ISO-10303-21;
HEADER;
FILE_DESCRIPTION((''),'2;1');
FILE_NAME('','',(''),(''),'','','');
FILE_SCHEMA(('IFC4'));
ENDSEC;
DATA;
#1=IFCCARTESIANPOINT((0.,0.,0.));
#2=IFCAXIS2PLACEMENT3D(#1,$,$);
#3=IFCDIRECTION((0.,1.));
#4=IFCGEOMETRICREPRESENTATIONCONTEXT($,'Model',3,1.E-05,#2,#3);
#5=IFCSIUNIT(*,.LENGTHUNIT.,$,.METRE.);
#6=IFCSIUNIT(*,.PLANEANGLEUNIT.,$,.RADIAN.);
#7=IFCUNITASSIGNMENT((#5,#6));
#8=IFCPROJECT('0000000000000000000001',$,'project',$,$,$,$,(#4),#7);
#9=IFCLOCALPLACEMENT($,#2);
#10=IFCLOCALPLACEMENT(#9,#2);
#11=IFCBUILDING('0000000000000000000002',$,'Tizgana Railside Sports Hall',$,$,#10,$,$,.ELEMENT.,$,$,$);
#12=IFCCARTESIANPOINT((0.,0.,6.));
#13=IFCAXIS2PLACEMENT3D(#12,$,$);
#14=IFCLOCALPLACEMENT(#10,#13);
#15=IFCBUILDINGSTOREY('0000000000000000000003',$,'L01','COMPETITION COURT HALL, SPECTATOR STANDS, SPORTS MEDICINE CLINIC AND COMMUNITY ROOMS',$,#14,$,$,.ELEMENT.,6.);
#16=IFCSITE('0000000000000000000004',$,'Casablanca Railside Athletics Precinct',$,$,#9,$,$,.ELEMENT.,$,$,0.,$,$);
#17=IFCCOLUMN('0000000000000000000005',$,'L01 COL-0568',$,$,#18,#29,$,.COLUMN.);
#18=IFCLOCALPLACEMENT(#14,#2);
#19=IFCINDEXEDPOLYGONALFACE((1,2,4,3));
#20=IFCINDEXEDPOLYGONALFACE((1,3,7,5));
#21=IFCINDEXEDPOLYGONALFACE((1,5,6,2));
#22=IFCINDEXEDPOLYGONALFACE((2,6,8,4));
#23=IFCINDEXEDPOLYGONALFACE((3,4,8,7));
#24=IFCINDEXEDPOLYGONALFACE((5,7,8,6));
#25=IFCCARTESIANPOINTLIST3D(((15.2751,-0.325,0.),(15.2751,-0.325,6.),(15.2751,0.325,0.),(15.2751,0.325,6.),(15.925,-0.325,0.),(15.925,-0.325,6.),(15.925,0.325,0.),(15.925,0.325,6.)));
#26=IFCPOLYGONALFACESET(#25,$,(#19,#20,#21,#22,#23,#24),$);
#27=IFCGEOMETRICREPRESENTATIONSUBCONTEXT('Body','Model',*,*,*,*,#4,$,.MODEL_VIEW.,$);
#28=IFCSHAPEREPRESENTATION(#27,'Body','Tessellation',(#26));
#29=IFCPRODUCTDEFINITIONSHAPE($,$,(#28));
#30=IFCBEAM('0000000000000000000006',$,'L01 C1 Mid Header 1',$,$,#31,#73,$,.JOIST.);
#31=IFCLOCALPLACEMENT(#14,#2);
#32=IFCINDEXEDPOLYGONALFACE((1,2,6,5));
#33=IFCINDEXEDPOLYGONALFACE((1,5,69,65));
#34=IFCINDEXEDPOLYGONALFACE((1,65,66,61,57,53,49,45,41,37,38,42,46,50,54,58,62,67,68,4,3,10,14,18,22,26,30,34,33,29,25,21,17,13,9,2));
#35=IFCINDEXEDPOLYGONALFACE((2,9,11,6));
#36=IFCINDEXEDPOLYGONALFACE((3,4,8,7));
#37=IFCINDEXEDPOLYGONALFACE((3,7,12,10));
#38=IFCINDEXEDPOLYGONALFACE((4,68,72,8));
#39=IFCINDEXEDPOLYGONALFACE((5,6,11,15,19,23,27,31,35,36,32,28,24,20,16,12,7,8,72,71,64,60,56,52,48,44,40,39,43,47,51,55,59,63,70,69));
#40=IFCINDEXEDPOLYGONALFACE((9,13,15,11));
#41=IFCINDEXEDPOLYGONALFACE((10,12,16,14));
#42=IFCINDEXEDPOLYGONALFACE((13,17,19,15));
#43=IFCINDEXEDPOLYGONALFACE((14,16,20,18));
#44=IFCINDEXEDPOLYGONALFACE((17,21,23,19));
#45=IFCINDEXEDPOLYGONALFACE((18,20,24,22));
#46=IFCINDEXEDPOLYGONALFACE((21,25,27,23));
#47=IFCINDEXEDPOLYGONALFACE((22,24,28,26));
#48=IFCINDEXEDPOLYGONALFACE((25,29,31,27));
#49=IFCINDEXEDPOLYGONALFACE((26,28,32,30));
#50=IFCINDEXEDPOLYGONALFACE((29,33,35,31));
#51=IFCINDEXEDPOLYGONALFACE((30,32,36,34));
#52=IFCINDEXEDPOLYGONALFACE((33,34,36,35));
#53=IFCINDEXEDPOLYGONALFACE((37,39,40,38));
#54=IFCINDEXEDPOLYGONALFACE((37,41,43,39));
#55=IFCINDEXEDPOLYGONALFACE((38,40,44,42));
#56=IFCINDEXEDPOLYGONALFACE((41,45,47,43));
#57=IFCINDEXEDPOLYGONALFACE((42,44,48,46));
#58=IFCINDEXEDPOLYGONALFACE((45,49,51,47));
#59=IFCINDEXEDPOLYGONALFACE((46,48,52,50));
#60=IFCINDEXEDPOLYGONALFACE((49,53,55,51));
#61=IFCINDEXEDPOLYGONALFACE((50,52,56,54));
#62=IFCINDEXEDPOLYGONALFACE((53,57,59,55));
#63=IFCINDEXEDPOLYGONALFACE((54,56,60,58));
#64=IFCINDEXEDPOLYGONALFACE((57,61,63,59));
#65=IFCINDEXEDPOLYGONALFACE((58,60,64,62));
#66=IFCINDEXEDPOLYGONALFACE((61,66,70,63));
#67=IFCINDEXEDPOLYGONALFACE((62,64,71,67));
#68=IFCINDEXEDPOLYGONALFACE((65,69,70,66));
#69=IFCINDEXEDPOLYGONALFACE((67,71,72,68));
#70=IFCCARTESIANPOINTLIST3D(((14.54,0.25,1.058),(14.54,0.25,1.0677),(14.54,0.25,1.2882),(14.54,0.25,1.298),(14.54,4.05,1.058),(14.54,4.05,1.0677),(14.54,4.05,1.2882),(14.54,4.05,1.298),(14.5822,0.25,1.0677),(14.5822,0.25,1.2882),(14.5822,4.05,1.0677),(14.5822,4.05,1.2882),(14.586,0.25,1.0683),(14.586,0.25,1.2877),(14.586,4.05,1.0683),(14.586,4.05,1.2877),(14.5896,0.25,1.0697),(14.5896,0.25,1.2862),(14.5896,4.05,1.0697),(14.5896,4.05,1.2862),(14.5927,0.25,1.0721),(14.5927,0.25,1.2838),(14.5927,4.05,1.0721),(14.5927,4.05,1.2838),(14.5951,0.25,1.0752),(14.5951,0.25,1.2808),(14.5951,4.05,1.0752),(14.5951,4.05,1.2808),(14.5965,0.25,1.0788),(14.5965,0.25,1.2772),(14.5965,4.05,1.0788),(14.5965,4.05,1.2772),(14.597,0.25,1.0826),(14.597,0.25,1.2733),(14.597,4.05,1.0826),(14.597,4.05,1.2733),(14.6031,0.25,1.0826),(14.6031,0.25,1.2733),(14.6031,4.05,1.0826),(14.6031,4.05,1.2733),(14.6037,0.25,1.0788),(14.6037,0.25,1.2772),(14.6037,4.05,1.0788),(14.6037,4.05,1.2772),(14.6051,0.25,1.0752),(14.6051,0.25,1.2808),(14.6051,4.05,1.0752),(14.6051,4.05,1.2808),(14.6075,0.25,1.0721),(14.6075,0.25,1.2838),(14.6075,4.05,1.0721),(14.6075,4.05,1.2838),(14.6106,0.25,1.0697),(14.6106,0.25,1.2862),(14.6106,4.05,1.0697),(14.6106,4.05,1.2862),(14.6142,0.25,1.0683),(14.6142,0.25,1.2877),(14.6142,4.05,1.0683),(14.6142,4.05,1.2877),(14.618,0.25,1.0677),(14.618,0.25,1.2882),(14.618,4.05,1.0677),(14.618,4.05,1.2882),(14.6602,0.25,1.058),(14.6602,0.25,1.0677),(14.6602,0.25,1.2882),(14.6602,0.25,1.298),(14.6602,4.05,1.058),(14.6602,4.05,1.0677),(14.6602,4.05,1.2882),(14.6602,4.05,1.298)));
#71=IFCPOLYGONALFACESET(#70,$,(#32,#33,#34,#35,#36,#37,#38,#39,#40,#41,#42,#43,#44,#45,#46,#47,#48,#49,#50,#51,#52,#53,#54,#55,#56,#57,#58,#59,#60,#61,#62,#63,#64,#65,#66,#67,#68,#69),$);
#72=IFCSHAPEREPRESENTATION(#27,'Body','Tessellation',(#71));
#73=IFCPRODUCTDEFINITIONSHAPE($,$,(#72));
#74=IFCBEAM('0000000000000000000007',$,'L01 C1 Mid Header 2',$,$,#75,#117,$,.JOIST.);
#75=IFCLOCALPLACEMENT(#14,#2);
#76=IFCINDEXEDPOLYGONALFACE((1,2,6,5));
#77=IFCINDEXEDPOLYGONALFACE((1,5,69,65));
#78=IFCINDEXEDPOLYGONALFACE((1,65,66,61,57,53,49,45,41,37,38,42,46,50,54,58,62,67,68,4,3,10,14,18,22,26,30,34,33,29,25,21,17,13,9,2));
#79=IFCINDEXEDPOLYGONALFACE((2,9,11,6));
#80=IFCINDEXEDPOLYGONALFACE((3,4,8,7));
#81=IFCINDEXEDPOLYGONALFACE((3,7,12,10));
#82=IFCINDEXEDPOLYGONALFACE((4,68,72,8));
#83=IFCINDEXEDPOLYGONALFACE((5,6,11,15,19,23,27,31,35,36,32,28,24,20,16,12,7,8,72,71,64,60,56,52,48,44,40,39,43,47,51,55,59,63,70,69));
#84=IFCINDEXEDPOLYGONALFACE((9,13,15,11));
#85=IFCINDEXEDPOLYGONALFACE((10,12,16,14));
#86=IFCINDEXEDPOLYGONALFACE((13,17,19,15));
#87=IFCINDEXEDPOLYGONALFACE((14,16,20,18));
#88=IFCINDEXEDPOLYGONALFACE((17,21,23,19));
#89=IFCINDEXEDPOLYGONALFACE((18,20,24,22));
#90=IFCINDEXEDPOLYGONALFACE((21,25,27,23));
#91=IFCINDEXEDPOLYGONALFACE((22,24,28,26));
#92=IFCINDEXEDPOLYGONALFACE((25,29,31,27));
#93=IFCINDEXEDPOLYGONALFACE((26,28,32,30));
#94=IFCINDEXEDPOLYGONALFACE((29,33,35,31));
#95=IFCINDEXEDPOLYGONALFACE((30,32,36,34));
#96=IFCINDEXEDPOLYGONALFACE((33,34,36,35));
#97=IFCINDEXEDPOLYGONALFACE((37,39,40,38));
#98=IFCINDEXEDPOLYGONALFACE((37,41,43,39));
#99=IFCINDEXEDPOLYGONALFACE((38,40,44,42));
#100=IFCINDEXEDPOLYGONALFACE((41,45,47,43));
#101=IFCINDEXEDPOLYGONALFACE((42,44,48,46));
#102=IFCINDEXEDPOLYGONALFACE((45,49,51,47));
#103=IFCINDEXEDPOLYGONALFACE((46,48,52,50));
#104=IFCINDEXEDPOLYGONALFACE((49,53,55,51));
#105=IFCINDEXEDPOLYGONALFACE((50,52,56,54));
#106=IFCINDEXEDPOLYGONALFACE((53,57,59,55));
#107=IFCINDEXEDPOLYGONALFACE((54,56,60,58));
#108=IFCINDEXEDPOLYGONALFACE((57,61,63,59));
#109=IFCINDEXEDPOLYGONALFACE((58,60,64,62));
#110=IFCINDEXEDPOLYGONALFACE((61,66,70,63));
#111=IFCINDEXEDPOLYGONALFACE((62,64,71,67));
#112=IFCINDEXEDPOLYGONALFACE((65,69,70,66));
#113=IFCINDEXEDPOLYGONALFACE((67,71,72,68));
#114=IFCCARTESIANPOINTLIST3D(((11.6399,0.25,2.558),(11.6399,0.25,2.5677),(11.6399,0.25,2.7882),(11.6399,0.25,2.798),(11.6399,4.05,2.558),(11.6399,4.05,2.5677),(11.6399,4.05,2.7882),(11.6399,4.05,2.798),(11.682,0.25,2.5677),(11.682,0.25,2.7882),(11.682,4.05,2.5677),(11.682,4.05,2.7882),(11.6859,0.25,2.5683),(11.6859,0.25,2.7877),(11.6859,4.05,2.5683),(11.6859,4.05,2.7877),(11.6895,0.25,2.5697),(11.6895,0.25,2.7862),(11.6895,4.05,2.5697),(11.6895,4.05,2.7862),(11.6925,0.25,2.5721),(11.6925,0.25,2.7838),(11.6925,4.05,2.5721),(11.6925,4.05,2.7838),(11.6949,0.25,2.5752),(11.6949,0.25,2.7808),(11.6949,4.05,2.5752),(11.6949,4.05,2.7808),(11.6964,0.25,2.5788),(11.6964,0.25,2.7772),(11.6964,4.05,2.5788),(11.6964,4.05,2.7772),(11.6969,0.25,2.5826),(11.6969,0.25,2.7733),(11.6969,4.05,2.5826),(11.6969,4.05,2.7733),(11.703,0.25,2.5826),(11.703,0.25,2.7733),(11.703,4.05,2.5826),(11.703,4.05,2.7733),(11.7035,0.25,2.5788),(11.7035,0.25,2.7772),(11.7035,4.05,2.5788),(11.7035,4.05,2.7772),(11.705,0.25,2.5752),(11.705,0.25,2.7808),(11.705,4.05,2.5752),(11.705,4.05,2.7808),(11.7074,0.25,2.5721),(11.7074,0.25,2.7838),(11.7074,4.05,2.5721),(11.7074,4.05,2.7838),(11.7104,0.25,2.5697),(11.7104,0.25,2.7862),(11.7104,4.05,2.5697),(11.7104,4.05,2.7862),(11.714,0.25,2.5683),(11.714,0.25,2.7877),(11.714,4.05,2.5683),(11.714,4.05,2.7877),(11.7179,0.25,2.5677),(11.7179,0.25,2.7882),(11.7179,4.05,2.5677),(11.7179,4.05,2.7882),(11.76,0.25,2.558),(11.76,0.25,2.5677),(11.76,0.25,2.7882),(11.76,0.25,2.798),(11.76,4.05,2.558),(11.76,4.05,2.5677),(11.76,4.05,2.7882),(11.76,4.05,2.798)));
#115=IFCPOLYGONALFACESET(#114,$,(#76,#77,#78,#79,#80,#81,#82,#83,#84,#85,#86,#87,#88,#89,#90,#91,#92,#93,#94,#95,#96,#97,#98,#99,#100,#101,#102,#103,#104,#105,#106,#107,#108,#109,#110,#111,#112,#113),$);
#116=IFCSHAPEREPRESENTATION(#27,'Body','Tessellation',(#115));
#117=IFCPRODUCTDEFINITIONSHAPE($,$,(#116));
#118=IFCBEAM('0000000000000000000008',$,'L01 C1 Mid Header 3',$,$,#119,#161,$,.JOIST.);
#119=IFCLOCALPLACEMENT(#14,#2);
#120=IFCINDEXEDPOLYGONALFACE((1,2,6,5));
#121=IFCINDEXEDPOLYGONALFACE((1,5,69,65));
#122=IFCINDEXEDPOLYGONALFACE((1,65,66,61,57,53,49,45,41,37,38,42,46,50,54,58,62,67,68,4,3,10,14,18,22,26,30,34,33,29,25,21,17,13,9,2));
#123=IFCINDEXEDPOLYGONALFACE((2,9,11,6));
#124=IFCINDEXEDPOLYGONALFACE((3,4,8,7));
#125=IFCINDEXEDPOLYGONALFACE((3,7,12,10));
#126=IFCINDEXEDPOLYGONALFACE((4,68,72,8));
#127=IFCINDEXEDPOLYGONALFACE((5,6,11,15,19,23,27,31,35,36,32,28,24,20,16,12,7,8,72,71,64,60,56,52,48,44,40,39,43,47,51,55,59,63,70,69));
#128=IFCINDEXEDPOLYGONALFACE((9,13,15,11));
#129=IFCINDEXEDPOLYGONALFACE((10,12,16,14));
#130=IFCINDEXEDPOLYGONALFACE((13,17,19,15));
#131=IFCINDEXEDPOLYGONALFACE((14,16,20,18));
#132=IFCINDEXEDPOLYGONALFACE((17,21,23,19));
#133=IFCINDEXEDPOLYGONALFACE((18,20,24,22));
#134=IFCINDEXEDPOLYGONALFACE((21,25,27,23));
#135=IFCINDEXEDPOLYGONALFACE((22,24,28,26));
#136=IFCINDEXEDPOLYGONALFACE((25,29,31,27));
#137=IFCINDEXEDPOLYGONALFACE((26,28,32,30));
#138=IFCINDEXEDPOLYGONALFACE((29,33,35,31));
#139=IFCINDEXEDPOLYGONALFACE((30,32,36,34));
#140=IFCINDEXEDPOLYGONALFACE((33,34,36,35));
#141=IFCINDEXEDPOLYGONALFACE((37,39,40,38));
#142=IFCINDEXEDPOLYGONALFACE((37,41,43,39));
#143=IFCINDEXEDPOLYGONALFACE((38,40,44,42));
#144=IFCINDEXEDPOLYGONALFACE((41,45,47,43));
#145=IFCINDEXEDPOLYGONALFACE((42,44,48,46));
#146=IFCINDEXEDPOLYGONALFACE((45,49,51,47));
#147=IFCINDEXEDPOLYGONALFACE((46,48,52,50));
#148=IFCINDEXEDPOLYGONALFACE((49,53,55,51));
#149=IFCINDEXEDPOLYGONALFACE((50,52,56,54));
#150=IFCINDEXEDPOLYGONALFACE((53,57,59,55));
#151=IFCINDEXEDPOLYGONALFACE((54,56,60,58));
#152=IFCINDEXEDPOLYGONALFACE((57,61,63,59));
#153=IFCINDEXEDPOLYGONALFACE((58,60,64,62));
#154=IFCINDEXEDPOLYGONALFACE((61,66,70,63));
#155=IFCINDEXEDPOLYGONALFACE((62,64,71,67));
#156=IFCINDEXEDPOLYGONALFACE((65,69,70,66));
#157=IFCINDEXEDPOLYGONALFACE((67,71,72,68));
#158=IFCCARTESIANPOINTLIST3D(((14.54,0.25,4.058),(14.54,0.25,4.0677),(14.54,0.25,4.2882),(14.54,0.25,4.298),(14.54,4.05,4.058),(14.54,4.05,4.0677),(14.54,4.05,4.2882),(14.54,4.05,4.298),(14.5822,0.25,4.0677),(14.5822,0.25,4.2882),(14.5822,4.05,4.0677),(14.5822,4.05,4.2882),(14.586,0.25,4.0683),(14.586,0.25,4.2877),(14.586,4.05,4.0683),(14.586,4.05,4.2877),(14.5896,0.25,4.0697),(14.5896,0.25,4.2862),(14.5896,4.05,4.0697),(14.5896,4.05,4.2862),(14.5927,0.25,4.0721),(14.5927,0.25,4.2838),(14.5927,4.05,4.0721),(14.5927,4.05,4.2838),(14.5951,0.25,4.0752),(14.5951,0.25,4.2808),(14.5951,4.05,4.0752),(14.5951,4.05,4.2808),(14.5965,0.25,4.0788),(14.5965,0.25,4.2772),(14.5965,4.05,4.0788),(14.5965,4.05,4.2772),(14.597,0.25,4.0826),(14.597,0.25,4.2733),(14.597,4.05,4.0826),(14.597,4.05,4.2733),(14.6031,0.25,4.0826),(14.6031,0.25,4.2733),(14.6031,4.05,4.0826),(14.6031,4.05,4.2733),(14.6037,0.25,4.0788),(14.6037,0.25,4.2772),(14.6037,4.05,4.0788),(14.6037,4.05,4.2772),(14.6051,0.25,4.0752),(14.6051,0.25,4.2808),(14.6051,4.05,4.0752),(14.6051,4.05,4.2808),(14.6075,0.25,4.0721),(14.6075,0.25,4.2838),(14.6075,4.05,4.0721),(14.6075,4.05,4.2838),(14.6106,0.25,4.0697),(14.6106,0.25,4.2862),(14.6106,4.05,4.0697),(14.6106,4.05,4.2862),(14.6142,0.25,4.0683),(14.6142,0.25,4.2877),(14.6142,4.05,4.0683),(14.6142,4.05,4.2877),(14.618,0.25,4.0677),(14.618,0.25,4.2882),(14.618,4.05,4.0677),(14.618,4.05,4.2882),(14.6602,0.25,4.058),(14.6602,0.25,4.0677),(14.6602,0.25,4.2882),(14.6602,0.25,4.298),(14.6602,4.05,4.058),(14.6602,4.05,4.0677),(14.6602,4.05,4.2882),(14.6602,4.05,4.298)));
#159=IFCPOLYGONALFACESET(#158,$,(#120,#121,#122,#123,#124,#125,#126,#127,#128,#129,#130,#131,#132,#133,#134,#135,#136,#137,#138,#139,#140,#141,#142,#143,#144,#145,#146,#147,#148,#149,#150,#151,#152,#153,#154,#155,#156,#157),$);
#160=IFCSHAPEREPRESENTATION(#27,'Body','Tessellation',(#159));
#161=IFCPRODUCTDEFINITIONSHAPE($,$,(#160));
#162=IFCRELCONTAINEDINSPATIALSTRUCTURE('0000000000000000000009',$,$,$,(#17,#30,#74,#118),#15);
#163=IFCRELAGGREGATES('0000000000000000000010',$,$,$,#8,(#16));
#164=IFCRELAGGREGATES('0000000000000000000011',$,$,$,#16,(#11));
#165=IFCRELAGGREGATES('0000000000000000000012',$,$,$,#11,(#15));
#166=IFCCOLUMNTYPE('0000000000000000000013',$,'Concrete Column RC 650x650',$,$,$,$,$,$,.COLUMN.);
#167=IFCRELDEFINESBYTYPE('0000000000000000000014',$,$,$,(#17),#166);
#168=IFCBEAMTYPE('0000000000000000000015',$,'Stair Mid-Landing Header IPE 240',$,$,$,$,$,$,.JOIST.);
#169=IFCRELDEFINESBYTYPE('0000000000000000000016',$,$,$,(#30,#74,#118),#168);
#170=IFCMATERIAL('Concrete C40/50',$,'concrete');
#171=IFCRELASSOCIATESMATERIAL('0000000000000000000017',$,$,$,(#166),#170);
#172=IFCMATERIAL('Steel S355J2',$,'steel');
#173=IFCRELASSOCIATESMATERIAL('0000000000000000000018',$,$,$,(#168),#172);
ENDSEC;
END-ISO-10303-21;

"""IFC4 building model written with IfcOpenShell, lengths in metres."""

from ifc_helpers import new_model, si_unit, direction, frame, origin, origin_2d, place, context, subcontext, project, spatial, rectangle, i_section, extrude, material, material_profile, profile_set, type_object, element, save


model = new_model("IFC4")

# Units and contexts
model_context = context("Model", 3, precision=1e-05, world=origin(), true_north=direction((0.0, 1.0)))
body_context = subcontext(model_context, "Body", "Model", "MODEL_VIEW")
ifc_project = project(units=[si_unit("LENGTHUNIT", "METRE"), si_unit("PLANEANGLEUNIT", "RADIAN")], contexts=[model_context])

# Site, building, storey
site_placement = place(None, origin())
site = spatial("IfcSite", under=ifc_project, at=site_placement, Name="Casablanca Railside Athletics Precinct", CompositionType="ELEMENT", RefElevation=0.0)
building_placement = place(site_placement, origin())
building = spatial("IfcBuilding", under=site, at=building_placement, Name="Tizgana Railside Sports Hall", CompositionType="ELEMENT")
storey_placement = place(building_placement, frame((0.0, 0.0, 6.0)))
storey = spatial("IfcBuildingStorey", under=building, at=storey_placement, Name="L01", Description="COMPETITION COURT HALL, SPECTATOR STANDS, SPORTS MEDICINE CLINIC AND COMMUNITY ROOMS", CompositionType="ELEMENT", Elevation=6.0)

# Column
ifc_material_1 = material(Name="Concrete C40/50", Category="concrete")
ifc_material_profile_1 = material_profile(ifc_material_1, rectangle(XDim=0.6499, YDim=0.6499, at=origin_2d()), Name="RC 650x650")
ifc_profile_set_1 = profile_set([ifc_material_profile_1], Name="Concrete C40/50")
column_type = type_object("IfcColumnType", Name="Concrete Column RC 650x650", PredefinedType="COLUMN", material=ifc_profile_set_1)
column_placement = place(storey_placement, frame((15.6001, 0.0, 0.0), z_axis=(0.0, 0.0, 1.0), x_axis=(1.0, 0.0, 0.0)))
element("IfcColumn", 1, at=column_placement, inside=storey, type_object=column_type, Name="L01 COL-0568", PredefinedType="COLUMN", context=body_context, shape_type="SweptSolid", body=[
    extrude(rectangle(XDim=0.6499, YDim=0.6499, at=origin_2d()), origin(), (0.0, 0.0, 1.0), 6.0),
])

# Beams
ifc_material_2 = material(Name="Steel S355J2", Category="steel")
ifc_material_profile_2 = material_profile(ifc_material_2, i_section(OverallWidth=0.1201, OverallDepth=0.24, WebThickness=0.0061, FlangeThickness=0.0098, FilletRadius=0.0149, at=origin_2d()), Name="IPE 240")
ifc_profile_set_2 = profile_set([ifc_material_profile_2], Name="Steel S355J2")
beam_type_1 = type_object("IfcBeamType", Name="Stair Mid-Landing Header IPE 240", PredefinedType="JOIST", material=ifc_profile_set_2)
for number, where, z_axis, x_axis, name in (
    (2, (14.6001, 0.25, 1.178), (0.0, 1.0, 0.0), (-1.0, 0.0, 0.0), "L01 C1 Mid Header 1"),
    (3, (11.7, 0.25, 2.678), (0.0, 1.0, 0.0), (-1.0, 0.0, 0.0), "L01 C1 Mid Header 2"),
    (4, (14.6001, 0.25, 4.178), (0.0, 1.0, 0.0), (-1.0, 0.0, 0.0), "L01 C1 Mid Header 3"),
):
    element("IfcBeam", number, at=place(storey_placement, frame(where, z_axis=z_axis, x_axis=x_axis)), inside=storey, type_object=beam_type_1, Name=name, PredefinedType="JOIST", context=body_context, shape_type="SweptSolid", body=[
        extrude(i_section(OverallWidth=0.1201, OverallDepth=0.24, WebThickness=0.0061, FlangeThickness=0.0098, FilletRadius=0.0149, at=origin_2d()), origin(), (0.0, 0.0, 1.0), 3.8),
    ])

save(model, "model.ifc")
